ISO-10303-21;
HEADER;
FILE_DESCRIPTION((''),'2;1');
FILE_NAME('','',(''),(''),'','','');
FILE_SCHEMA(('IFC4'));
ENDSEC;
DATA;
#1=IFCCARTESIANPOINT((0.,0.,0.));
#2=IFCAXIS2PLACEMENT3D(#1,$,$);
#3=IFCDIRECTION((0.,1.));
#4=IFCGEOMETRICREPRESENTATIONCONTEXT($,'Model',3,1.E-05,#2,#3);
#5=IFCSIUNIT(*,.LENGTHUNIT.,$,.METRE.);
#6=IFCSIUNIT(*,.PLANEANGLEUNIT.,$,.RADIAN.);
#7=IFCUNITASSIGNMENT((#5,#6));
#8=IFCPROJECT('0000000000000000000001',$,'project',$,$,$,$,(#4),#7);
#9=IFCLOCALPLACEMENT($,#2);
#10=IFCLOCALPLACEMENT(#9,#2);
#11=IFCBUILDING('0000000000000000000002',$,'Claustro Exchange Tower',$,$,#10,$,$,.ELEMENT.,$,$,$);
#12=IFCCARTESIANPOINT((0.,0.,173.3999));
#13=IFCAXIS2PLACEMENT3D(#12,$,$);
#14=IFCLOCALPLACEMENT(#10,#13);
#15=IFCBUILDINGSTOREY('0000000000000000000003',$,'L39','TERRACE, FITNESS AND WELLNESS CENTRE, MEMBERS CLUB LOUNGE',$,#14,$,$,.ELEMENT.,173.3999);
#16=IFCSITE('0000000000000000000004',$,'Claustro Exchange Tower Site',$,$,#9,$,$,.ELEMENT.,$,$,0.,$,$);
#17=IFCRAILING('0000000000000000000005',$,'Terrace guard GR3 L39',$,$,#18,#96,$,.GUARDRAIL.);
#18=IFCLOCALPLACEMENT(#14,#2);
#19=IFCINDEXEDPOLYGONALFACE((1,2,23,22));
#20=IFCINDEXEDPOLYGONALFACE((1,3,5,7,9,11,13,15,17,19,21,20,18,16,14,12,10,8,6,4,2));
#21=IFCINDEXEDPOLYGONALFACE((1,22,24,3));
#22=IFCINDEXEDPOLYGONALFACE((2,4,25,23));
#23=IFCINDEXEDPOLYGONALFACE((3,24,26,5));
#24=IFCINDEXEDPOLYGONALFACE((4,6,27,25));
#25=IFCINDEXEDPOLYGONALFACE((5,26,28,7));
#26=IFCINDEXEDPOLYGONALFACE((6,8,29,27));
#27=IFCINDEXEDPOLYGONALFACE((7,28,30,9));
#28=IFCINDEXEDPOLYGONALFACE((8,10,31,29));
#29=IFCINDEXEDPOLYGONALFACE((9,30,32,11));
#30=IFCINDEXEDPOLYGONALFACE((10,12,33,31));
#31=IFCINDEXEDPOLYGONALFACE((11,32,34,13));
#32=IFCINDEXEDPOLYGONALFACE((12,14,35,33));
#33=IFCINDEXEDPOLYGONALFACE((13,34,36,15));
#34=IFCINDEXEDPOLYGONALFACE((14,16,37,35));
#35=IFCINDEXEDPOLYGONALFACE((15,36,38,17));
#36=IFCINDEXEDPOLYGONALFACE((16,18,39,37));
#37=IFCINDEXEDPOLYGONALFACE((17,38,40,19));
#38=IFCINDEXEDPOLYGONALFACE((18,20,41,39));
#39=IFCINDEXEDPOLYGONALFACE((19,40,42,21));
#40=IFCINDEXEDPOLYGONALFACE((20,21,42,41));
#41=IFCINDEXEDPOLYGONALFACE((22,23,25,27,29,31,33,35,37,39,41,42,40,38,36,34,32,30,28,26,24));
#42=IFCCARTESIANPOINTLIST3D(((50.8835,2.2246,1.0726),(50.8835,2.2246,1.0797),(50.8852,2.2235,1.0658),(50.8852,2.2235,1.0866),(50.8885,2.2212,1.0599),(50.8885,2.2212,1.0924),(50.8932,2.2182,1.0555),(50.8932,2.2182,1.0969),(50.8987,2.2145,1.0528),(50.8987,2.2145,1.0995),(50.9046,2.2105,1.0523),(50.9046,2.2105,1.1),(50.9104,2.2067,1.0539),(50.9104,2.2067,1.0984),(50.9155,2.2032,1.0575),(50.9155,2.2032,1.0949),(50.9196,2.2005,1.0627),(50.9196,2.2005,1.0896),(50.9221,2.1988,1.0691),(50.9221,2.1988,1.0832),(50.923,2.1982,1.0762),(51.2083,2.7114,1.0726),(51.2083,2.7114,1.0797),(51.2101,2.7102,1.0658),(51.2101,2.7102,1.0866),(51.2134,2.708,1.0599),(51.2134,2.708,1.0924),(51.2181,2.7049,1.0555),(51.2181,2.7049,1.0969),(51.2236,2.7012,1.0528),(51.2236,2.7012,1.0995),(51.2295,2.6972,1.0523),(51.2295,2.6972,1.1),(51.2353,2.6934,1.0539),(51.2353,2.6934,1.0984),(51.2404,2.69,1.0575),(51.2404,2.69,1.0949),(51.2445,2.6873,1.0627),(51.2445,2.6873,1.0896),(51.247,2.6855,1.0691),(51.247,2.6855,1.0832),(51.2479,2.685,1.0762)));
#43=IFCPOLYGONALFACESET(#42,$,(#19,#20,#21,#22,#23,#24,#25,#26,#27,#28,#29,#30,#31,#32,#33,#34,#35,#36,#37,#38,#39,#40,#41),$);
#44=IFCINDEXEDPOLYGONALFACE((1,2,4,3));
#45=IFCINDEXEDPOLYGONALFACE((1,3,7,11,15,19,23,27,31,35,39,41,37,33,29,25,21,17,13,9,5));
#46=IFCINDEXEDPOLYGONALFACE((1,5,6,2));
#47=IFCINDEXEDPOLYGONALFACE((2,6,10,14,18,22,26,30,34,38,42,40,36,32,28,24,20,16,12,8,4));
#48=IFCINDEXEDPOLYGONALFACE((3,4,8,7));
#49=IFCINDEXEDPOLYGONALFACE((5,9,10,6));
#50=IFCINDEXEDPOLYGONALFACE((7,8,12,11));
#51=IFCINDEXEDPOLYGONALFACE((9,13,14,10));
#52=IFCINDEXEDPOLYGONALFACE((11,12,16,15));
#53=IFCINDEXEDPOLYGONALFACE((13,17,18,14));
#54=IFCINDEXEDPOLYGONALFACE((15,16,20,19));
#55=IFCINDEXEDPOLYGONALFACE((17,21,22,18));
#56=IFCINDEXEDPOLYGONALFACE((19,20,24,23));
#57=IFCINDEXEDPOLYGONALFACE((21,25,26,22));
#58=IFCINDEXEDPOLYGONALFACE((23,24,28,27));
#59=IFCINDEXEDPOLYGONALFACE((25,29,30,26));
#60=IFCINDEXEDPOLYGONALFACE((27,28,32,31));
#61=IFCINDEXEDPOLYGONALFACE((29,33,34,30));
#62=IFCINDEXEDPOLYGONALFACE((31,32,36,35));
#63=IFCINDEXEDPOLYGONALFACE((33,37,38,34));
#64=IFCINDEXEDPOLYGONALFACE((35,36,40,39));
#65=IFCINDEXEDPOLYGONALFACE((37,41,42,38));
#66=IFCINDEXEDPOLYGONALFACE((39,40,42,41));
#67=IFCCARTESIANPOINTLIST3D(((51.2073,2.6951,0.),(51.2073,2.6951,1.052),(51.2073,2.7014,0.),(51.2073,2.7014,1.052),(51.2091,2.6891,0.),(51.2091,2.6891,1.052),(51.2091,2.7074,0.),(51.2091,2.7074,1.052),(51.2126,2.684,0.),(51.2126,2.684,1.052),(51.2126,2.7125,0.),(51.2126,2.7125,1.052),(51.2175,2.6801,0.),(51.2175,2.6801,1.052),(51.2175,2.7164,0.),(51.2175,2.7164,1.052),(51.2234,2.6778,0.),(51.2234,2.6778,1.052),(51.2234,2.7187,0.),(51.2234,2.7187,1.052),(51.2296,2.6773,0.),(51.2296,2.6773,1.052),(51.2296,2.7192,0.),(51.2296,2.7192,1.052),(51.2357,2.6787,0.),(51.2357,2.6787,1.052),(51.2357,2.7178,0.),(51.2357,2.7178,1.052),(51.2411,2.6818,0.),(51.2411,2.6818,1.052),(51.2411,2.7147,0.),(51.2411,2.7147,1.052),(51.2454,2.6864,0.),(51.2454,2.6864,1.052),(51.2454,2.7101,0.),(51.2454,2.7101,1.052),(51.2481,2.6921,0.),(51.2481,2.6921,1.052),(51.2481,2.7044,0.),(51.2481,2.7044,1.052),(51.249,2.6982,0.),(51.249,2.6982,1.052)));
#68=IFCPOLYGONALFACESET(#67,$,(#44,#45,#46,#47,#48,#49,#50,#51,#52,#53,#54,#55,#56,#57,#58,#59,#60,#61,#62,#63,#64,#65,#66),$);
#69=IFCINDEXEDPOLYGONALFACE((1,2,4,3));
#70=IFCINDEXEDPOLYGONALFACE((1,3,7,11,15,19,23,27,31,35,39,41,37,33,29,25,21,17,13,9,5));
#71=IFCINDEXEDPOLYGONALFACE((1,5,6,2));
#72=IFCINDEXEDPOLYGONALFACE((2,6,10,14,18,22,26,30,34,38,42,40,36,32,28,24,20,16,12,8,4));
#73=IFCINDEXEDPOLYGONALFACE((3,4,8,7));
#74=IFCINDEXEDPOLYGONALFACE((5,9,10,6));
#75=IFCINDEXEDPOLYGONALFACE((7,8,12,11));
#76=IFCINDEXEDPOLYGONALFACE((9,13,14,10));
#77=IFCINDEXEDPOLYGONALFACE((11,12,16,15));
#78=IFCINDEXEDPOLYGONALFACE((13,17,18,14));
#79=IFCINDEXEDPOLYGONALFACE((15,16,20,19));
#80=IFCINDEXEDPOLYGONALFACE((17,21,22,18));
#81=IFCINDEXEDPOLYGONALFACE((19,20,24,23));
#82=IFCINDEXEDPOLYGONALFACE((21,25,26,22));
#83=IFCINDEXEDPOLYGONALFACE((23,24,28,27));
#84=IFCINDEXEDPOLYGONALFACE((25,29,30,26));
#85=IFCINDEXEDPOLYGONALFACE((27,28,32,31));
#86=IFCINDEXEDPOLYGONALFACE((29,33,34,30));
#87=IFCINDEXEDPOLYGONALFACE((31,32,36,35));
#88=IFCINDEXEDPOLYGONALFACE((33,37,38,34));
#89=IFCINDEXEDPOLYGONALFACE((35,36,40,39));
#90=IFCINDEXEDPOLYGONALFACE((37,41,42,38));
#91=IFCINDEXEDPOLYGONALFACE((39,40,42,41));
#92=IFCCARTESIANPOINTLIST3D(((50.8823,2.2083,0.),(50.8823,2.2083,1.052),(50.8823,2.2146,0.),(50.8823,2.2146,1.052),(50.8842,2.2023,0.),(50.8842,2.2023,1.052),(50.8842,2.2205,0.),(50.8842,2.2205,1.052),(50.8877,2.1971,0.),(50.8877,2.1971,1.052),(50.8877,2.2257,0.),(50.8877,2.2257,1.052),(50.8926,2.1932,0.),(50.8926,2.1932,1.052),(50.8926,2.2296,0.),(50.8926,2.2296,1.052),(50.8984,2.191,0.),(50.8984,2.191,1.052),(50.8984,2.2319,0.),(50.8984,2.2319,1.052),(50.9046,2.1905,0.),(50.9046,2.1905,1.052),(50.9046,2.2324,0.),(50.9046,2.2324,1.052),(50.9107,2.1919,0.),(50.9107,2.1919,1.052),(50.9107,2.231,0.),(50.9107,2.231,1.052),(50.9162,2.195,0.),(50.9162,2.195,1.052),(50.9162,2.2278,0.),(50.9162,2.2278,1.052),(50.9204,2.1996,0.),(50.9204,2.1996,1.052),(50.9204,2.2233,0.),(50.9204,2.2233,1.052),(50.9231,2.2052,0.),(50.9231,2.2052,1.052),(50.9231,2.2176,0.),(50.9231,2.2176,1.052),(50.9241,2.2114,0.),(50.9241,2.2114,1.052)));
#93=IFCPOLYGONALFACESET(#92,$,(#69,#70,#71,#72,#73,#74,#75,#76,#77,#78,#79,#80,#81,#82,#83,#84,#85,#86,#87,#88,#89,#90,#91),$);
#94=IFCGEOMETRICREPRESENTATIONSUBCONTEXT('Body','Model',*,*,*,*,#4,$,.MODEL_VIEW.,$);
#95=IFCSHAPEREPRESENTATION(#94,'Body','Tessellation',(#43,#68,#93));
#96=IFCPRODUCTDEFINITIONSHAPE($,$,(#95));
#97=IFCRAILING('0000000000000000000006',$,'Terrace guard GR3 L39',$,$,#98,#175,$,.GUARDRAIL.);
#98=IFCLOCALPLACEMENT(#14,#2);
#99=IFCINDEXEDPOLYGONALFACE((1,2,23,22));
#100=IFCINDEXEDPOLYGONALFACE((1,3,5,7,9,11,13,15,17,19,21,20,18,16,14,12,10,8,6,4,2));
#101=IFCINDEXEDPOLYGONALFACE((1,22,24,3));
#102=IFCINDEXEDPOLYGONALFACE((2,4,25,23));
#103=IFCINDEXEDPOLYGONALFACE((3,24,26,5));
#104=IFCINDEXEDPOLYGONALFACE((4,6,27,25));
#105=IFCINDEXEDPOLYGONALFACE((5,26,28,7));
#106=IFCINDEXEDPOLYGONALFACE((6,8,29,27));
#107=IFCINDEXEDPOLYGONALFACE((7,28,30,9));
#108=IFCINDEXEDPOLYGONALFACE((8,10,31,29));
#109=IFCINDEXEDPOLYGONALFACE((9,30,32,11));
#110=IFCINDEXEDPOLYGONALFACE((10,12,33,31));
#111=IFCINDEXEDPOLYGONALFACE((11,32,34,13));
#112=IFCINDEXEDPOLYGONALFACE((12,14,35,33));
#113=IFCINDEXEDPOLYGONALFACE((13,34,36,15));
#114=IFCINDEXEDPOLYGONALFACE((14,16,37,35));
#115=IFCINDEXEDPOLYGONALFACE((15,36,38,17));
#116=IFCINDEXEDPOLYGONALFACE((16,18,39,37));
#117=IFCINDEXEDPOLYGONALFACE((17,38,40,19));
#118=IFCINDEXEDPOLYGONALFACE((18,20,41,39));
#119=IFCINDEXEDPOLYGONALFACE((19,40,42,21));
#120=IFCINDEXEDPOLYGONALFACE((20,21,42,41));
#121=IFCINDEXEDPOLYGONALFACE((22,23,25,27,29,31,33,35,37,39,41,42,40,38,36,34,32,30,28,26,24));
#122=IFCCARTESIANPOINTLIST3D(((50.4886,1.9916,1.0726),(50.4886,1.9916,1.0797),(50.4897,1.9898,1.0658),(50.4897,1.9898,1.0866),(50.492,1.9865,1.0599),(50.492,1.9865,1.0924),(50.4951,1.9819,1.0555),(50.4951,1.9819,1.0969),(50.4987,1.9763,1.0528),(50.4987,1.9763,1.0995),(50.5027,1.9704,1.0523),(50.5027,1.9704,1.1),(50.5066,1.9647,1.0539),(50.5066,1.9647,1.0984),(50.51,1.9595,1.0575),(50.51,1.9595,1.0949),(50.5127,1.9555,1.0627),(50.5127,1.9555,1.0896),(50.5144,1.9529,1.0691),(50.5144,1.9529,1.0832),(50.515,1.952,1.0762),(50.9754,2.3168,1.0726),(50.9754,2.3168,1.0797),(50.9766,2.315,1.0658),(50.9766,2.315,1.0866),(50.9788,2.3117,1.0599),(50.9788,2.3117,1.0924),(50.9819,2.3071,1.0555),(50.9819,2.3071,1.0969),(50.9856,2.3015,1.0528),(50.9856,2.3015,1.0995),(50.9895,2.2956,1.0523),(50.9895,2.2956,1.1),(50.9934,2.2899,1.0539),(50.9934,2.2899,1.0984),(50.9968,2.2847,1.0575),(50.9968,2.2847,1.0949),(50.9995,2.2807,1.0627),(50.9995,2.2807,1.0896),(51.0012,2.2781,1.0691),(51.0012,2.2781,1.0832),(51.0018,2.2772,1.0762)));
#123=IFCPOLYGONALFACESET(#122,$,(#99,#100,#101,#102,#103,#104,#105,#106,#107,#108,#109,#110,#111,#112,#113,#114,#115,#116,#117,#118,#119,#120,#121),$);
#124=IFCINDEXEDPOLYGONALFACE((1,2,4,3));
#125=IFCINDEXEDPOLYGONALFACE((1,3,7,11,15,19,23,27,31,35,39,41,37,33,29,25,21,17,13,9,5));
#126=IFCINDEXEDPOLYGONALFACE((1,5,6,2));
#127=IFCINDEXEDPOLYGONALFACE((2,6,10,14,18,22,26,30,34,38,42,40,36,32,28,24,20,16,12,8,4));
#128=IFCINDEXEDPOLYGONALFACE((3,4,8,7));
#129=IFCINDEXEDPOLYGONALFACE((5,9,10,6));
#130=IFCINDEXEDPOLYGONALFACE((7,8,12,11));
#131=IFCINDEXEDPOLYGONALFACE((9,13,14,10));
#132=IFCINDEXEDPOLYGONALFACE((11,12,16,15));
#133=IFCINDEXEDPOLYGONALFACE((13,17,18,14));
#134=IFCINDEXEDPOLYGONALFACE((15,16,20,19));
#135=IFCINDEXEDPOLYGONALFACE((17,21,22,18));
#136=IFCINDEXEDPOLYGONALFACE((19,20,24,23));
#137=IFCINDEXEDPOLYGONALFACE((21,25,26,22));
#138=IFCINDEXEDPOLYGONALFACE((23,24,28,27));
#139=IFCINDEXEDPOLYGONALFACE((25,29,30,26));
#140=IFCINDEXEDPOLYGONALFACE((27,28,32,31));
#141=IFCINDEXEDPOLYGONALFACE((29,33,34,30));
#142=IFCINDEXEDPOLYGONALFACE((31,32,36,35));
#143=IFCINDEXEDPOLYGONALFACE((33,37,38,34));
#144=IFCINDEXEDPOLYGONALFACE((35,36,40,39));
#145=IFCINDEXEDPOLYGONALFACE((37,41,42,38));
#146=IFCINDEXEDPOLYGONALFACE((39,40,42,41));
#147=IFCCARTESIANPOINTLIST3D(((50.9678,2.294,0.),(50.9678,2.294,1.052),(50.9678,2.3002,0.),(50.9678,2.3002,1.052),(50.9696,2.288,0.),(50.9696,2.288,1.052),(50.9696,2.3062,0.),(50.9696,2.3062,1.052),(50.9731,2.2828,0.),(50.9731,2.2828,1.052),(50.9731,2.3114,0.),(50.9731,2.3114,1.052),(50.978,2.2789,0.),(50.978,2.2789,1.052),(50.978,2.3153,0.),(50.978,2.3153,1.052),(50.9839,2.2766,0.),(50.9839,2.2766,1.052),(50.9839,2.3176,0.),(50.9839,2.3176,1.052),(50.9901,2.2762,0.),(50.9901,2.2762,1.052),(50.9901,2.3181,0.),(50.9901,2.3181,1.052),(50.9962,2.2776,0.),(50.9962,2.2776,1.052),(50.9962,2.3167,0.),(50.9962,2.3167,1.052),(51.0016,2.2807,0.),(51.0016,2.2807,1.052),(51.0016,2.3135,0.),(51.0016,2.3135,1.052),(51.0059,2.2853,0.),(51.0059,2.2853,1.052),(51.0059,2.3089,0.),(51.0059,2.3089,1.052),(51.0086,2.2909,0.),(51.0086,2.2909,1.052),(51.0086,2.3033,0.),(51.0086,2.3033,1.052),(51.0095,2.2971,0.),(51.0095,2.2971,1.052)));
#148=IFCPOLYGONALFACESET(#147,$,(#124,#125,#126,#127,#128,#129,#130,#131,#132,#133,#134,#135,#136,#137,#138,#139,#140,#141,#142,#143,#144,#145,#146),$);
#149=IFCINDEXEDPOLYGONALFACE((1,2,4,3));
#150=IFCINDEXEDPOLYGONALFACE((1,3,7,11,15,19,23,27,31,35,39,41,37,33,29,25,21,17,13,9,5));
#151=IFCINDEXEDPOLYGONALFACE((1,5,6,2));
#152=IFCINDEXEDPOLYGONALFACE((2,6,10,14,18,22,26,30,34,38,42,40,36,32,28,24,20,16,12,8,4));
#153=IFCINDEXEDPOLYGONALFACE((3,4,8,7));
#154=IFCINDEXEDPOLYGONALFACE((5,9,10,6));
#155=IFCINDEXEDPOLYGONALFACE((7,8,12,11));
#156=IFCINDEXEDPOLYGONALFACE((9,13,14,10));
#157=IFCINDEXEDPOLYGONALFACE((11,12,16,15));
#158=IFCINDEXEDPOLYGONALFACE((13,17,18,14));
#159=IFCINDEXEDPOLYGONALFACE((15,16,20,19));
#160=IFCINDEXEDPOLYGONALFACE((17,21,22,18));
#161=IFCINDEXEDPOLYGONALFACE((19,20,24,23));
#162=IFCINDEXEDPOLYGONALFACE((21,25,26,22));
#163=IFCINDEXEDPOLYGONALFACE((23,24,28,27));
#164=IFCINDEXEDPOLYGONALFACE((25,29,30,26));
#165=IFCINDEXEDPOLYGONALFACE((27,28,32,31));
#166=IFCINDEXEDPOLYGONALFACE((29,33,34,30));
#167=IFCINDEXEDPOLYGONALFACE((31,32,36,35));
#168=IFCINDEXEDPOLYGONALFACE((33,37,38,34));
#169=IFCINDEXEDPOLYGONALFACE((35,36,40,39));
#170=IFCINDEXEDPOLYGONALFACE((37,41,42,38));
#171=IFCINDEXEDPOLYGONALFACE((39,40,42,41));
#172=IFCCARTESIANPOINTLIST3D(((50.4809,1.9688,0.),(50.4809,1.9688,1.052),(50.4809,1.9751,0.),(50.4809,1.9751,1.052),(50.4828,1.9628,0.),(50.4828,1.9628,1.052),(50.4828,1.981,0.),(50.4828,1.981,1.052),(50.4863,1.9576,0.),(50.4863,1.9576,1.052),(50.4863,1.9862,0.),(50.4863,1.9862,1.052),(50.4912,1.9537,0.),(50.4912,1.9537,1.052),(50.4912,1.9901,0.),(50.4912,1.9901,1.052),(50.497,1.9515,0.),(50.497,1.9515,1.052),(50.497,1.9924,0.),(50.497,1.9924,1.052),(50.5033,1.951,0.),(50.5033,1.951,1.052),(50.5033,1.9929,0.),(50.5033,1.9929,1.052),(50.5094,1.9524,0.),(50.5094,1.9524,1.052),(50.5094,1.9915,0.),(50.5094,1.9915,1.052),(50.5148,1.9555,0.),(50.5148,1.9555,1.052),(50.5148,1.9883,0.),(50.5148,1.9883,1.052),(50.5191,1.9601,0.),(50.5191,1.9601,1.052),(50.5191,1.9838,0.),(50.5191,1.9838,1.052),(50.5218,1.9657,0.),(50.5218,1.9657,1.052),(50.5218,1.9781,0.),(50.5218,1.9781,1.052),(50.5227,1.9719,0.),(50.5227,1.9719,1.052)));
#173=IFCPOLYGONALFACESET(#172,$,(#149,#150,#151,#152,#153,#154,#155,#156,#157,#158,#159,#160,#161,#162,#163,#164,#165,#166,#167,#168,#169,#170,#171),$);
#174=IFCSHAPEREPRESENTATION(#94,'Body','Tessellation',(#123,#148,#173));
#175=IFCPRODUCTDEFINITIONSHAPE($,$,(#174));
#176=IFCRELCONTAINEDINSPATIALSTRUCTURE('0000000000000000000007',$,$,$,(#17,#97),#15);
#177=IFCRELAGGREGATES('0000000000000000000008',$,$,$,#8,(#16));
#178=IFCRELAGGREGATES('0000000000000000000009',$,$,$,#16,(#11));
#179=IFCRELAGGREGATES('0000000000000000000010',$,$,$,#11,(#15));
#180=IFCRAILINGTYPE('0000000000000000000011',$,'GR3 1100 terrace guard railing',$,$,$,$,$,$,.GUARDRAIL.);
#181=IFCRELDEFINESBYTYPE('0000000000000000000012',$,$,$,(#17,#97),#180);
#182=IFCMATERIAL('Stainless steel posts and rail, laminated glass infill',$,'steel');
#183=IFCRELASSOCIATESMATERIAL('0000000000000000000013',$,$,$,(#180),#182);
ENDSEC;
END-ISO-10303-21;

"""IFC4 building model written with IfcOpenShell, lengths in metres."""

from ifc_helpers import new_model, si_unit, direction, frame, origin, origin_2d, place, context, subcontext, project, spatial, circle, extrude, material, type_object, element, save


model = new_model("IFC4")

# Units and contexts
model_context = context("Model", 3, precision=1e-05, world=origin(), true_north=direction((0.0, 1.0)))
body_context = subcontext(model_context, "Body", "Model", "MODEL_VIEW")
ifc_project = project(units=[si_unit("LENGTHUNIT", "METRE"), si_unit("PLANEANGLEUNIT", "RADIAN")], contexts=[model_context])

# Site, building, storey
site_placement = place(None, origin())
site = spatial("IfcSite", under=ifc_project, at=site_placement, Name="Claustro Exchange Tower Site", CompositionType="ELEMENT", RefElevation=0.0)
building_placement = place(site_placement, origin())
building = spatial("IfcBuilding", under=site, at=building_placement, Name="Claustro Exchange Tower", CompositionType="ELEMENT")
storey_placement = place(building_placement, frame((0.0, 0.0, 173.3999)))
storey = spatial("IfcBuildingStorey", under=building, at=storey_placement, Name="L39", Description="TERRACE, FITNESS AND WELLNESS CENTRE, MEMBERS CLUB LOUNGE", CompositionType="ELEMENT", Elevation=173.3999)

# Railings
ifc_material_1 = material(Name="Stainless steel posts and rail, laminated glass infill", Category="steel")
railing_type = type_object("IfcRailingType", Name="GR3 1100 terrace guard railing", PredefinedType="GUARDRAIL", material=ifc_material_1)
railing_1_placement = place(storey_placement, frame((51.228, 2.6982, 0.0)))
element("IfcRailing", 1, at=railing_1_placement, inside=storey, type_object=railing_type, Name="Terrace guard GR3 L39", PredefinedType="GUARDRAIL", context=body_context, shape_type="SweptSolid", body=[
    extrude(circle(Radius=0.0239, at=origin_2d()), frame((0.0, 0.0, 1.0762), z_axis=(-0.555181, -0.831729, 0.0), x_axis=(0.831729, -0.555181, 0.0)), (0.0, 0.0, 1.0), 0.5852),
    extrude(circle(Radius=0.021, at=origin_2d()), origin(), (0.0, 0.0, 1.0), 1.052),
    extrude(circle(Radius=0.021, at=origin_2d()), frame((-0.325, -0.4868, 0.0)), (0.0, 0.0, 1.0), 1.052),
])
railing_2_placement = place(storey_placement, frame((50.9885, 2.2971, 0.0)))
element("IfcRailing", 2, at=railing_2_placement, inside=storey, type_object=railing_type, Name="Terrace guard GR3 L39", PredefinedType="GUARDRAIL", context=body_context, shape_type="SweptSolid", body=[
    extrude(circle(Radius=0.0239, at=origin_2d()), frame((0.0, 0.0, 1.0762), z_axis=(-0.831537, -0.55547, 0.0), x_axis=(0.55547, -0.831537, 0.0)), (0.0, 0.0, 1.0), 0.5854),
    extrude(circle(Radius=0.021, at=origin_2d()), origin(), (0.0, 0.0, 1.0), 1.052),
    extrude(circle(Radius=0.021, at=origin_2d()), frame((-0.4868, -0.3252, 0.0)), (0.0, 0.0, 1.0), 1.052),
])

save(model, "model.ifc")
